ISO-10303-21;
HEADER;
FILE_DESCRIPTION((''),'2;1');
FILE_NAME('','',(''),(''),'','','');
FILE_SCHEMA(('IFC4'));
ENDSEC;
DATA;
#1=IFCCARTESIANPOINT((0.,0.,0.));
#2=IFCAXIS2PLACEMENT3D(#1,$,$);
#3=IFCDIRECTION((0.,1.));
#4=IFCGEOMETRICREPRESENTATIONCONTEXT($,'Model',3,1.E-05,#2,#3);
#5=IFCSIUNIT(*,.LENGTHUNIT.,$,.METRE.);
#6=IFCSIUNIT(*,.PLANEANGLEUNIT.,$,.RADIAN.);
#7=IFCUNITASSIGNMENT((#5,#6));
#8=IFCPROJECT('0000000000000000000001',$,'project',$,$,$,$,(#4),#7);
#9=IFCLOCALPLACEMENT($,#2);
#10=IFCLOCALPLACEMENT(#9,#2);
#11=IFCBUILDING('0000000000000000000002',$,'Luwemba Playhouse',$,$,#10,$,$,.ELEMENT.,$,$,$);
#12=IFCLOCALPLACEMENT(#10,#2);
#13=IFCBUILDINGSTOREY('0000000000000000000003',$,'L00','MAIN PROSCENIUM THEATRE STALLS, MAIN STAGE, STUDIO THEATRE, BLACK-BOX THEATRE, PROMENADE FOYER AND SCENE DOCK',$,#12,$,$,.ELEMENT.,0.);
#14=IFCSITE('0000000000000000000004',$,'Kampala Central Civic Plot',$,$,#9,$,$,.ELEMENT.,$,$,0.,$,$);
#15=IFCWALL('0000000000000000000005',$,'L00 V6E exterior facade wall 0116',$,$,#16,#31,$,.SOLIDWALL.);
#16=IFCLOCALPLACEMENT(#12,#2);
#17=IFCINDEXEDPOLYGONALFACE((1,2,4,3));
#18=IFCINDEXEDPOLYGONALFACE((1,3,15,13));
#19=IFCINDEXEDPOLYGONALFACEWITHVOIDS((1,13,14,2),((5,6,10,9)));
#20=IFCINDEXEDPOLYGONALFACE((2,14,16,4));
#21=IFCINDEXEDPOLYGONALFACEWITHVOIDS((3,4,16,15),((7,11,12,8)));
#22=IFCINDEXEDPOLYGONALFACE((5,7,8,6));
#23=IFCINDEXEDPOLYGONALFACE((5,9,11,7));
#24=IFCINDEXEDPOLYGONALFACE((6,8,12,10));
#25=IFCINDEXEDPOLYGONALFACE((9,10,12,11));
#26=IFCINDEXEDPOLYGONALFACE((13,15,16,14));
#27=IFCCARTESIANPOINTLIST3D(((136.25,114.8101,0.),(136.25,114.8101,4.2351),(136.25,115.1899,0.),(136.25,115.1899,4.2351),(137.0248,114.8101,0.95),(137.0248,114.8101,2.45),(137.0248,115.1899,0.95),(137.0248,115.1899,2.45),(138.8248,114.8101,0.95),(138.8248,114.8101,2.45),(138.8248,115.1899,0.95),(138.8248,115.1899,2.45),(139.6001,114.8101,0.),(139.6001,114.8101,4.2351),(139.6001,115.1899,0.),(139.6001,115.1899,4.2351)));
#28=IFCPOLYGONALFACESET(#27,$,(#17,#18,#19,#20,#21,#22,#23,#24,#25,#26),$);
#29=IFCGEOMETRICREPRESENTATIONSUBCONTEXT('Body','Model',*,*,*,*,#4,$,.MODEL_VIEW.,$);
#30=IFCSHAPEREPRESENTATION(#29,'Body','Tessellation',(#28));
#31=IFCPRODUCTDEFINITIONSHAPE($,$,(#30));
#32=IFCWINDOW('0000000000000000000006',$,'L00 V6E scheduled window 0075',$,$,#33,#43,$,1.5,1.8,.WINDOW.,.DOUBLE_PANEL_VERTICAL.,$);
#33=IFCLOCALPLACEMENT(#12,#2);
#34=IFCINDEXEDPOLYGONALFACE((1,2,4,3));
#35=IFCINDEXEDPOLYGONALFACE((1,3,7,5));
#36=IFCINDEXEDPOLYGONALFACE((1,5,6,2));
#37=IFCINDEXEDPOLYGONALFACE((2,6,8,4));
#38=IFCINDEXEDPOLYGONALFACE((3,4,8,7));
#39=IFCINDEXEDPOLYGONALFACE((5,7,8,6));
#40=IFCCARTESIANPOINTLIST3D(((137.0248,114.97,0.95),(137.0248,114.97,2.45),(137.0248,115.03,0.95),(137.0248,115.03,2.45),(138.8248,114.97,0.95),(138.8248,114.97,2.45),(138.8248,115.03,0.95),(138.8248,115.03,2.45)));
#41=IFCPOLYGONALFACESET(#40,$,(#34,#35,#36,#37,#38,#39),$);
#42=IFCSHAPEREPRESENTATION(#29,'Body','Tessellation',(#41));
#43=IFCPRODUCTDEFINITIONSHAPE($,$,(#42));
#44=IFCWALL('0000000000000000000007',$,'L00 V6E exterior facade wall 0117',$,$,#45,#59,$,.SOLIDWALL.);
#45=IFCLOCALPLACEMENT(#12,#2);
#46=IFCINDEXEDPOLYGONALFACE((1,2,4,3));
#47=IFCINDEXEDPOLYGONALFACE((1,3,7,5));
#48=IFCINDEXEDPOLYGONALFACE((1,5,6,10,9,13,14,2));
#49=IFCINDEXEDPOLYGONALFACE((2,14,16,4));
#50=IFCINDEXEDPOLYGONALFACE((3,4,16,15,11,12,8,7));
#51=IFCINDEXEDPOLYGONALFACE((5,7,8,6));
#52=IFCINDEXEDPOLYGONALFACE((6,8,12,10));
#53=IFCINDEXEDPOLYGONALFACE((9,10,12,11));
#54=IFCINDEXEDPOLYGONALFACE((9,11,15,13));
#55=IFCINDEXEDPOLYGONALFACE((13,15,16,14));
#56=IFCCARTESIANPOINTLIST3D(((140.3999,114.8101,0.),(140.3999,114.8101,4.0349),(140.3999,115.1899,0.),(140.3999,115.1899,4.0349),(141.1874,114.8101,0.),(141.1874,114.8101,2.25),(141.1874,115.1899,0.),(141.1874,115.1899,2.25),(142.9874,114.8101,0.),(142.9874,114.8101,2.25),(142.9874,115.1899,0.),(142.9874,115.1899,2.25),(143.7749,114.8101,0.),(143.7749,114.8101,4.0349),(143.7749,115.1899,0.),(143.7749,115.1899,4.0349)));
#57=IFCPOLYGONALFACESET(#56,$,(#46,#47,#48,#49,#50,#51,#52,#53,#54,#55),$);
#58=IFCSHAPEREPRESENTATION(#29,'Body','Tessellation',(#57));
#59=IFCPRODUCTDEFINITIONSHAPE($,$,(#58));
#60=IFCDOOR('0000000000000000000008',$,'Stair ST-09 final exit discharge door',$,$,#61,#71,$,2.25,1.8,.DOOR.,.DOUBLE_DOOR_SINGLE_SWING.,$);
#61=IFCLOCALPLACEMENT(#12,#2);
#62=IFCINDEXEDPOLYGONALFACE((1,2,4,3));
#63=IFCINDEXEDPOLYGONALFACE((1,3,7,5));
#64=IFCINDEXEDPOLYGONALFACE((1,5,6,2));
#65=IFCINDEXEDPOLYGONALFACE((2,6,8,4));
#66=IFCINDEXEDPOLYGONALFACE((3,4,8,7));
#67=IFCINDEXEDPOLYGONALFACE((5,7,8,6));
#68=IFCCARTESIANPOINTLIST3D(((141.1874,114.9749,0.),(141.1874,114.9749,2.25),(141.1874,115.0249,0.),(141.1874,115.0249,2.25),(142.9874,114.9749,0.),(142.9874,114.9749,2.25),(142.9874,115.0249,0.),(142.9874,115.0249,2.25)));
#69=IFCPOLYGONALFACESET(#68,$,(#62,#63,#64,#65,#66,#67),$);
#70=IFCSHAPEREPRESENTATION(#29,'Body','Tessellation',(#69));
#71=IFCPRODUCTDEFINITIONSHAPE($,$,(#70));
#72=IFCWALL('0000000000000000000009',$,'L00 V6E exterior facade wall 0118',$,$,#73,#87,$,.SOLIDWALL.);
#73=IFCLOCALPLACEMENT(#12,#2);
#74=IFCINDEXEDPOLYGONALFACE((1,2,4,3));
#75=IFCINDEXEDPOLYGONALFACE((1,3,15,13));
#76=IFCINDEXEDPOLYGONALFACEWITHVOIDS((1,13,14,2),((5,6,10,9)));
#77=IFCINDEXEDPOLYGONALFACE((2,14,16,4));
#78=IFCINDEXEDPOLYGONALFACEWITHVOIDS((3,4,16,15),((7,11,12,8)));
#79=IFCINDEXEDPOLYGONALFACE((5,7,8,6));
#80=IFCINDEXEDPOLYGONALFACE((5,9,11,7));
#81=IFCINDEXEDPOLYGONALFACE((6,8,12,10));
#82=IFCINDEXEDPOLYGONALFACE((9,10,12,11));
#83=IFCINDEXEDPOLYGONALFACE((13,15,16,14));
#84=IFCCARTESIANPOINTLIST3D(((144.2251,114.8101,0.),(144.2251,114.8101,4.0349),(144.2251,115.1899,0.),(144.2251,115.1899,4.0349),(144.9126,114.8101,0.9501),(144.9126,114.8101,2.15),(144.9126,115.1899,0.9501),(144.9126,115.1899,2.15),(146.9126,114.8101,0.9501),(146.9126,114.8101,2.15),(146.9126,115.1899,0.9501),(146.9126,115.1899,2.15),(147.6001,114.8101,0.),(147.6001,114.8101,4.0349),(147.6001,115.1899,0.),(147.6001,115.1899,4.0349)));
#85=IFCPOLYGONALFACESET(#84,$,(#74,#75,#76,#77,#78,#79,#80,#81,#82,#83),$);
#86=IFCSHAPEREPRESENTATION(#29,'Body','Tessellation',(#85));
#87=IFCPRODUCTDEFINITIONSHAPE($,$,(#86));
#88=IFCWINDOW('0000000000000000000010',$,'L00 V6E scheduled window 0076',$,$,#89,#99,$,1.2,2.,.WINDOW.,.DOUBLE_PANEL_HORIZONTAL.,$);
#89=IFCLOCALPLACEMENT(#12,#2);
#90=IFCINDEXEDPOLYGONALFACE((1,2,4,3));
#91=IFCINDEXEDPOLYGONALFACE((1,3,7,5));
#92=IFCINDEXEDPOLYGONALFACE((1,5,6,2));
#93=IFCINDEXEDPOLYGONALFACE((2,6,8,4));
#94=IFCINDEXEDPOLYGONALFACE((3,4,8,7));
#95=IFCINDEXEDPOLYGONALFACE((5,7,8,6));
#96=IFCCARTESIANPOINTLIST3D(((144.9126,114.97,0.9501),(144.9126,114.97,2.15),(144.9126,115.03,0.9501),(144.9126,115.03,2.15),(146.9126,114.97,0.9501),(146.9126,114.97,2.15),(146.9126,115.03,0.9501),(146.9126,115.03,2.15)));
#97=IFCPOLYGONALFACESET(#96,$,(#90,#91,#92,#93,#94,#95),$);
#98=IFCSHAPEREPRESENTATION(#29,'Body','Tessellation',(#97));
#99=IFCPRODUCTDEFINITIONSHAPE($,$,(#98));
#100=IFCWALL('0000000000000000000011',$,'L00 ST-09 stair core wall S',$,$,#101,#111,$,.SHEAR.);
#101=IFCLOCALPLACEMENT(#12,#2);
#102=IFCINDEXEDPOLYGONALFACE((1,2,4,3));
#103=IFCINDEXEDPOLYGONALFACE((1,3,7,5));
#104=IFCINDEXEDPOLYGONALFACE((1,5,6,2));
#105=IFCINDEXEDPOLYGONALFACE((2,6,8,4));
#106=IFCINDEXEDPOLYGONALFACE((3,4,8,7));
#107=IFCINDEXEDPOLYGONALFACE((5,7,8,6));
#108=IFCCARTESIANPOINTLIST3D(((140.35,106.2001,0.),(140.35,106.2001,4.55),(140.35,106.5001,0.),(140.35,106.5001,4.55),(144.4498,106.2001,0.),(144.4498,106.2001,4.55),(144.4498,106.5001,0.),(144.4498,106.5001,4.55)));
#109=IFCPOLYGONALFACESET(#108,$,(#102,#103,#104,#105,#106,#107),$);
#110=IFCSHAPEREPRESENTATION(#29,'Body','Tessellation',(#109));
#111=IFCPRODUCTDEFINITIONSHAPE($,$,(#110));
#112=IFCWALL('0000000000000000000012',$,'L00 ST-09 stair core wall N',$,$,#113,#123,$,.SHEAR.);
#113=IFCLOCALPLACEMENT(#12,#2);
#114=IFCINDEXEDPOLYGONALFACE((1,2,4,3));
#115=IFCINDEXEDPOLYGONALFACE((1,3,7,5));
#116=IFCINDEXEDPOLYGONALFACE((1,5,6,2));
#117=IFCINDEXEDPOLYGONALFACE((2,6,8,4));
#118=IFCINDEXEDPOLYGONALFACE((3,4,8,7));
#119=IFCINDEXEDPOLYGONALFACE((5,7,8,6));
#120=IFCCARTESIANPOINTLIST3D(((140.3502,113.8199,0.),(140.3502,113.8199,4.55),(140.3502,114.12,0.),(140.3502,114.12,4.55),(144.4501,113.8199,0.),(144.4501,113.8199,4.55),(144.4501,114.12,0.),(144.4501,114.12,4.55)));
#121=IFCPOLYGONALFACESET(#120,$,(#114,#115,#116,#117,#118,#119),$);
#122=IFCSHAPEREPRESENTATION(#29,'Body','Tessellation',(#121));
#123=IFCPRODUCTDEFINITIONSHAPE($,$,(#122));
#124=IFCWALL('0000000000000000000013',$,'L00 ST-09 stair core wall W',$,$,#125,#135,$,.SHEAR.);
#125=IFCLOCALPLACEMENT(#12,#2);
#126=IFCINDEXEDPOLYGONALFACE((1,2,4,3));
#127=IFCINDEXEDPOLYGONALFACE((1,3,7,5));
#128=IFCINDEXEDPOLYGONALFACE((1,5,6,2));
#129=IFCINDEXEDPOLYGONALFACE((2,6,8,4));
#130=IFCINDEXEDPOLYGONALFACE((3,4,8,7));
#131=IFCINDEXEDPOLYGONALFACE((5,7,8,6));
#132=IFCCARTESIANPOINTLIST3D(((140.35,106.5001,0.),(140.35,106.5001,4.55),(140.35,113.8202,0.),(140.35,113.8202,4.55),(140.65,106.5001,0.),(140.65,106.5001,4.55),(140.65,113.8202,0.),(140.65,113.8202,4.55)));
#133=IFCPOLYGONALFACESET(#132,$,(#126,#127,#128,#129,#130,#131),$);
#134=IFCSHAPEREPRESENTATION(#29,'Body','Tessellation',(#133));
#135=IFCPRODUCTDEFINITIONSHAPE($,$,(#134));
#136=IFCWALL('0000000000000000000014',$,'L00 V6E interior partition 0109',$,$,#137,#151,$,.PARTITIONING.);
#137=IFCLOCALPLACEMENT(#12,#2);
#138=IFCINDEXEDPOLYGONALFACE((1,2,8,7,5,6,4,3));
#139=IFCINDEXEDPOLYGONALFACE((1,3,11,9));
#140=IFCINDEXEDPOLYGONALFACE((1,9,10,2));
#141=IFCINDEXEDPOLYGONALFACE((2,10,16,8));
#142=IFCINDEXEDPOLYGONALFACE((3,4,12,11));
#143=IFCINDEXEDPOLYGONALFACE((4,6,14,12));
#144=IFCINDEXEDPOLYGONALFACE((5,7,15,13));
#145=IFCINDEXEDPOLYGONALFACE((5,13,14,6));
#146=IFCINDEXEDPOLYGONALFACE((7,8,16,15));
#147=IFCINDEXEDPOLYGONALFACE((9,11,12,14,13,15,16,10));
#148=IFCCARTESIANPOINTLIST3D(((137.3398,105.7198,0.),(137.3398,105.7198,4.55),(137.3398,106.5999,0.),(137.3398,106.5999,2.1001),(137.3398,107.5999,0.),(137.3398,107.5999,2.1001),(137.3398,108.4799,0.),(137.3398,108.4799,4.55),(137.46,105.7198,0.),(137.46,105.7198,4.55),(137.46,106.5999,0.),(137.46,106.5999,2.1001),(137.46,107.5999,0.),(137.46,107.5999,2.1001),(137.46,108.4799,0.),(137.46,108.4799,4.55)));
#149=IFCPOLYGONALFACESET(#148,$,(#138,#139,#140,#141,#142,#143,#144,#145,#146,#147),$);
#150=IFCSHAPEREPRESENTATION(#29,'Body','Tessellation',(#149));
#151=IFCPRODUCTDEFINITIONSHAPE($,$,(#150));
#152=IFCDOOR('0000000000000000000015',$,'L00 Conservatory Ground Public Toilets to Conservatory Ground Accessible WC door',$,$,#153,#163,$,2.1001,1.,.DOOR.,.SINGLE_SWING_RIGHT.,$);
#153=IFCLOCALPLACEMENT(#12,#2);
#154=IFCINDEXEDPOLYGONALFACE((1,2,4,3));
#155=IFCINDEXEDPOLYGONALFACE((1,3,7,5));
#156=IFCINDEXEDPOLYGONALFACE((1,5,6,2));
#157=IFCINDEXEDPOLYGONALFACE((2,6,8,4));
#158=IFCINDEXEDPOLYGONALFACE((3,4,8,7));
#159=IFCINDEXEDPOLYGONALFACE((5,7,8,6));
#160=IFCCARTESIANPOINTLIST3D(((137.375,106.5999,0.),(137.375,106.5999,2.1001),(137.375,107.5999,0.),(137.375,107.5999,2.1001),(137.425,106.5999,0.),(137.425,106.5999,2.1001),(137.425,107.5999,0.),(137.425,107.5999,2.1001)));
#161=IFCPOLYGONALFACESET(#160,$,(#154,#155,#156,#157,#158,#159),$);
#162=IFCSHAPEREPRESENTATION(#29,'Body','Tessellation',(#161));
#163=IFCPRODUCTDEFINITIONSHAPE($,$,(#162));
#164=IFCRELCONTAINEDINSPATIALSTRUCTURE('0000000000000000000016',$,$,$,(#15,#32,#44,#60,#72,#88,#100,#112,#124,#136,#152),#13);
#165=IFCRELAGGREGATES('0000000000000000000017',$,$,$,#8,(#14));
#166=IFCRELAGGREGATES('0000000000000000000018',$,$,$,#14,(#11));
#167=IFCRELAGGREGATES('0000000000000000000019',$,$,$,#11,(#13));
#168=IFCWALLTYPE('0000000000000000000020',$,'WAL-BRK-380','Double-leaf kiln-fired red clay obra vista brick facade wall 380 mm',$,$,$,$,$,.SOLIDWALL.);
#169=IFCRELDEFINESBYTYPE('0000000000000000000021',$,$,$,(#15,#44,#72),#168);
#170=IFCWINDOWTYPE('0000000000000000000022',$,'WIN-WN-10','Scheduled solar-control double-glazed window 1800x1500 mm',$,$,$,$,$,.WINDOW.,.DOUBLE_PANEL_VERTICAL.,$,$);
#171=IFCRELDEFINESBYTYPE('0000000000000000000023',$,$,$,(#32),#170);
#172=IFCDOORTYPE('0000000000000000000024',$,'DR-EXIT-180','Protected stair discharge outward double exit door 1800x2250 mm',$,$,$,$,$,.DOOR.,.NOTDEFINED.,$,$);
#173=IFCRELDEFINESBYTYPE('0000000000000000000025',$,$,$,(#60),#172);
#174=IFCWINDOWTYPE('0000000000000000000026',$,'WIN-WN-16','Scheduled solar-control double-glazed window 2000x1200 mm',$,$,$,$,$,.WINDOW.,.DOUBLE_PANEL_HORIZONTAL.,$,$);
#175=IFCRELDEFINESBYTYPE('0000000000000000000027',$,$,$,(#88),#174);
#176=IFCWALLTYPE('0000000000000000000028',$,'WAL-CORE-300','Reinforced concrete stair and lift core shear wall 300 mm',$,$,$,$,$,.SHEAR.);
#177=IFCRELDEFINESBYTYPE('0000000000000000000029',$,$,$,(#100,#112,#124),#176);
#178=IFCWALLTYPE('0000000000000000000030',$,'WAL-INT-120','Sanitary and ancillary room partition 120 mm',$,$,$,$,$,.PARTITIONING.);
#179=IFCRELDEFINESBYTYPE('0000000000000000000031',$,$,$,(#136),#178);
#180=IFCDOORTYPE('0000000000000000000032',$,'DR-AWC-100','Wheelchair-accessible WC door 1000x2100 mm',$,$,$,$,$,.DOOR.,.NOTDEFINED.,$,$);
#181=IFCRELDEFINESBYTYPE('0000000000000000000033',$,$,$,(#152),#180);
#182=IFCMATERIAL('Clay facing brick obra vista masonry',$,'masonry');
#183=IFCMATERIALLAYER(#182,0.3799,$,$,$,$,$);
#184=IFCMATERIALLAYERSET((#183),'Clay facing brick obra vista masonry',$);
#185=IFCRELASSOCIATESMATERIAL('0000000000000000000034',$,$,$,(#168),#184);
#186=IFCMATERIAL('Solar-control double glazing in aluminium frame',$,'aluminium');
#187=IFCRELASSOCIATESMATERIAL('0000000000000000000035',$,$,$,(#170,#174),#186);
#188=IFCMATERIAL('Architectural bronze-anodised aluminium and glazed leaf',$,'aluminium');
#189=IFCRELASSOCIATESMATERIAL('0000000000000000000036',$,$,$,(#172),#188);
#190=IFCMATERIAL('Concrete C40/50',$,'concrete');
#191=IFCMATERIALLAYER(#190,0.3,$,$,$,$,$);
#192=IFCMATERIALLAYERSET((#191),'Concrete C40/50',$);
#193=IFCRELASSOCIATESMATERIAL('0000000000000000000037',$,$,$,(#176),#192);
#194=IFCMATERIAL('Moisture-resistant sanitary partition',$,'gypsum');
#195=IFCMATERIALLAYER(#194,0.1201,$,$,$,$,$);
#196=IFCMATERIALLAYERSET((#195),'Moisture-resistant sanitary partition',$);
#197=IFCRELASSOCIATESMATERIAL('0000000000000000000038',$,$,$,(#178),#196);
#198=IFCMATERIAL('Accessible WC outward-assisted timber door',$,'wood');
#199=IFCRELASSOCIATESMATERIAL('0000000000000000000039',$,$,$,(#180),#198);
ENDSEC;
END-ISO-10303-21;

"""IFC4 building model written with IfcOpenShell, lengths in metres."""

from ifc_helpers import new_model, si_unit, direction, frame, frame_2d, origin, place, context, subcontext, project, spatial, rectangle, extrude, material, layer, layer_set, type_object, element, fill, save


model = new_model("IFC4")

# Units and contexts
model_context = context("Model", 3, precision=1e-05, world=origin(), true_north=direction((0.0, 1.0)))
body_context = subcontext(model_context, "Body", "Model", "MODEL_VIEW")
ifc_project = project(units=[si_unit("LENGTHUNIT", "METRE"), si_unit("PLANEANGLEUNIT", "RADIAN")], contexts=[model_context])

# Site, building, storey
site_placement = place(None, origin())
site = spatial("IfcSite", under=ifc_project, at=site_placement, Name="Kampala Central Civic Plot", CompositionType="ELEMENT", RefElevation=0.0)
building_placement = place(site_placement, origin())
building = spatial("IfcBuilding", under=site, at=building_placement, Name="Luwemba Playhouse", CompositionType="ELEMENT")
storey_placement = place(building_placement, origin())
storey = spatial("IfcBuildingStorey", under=building, at=storey_placement, Name="L00", Description="MAIN PROSCENIUM THEATRE STALLS, MAIN STAGE, STUDIO THEATRE, BLACK-BOX THEATRE, PROMENADE FOYER AND SCENE DOCK", CompositionType="ELEMENT", Elevation=0.0)

# Shared definitions
ifc_material_1 = material(Name="Concrete C40/50", Category="concrete")

# Wall, opening, window
ifc_material_2 = material(Name="Clay facing brick obra vista masonry", Category="masonry")
ifc_layer_1 = layer(ifc_material_2, 0.3799)
ifc_layer_set_1 = layer_set([ifc_layer_1], Name="Clay facing brick obra vista masonry")
wall_type_1 = type_object("IfcWallType", Name="WAL-BRK-380", Description="Double-leaf kiln-fired red clay obra vista brick facade wall 380 mm", PredefinedType="SOLIDWALL", material=ifc_layer_set_1)
wall_1_placement = place(storey_placement, frame((136.25, 115.0, 0.0), z_axis=(0.0, 0.0, 1.0), x_axis=(1.0, 0.0, 0.0)))
wall_1 = element("IfcWall", 1, at=wall_1_placement, inside=storey, type_object=wall_type_1, Name="L00 V6E exterior facade wall 0116", PredefinedType="SOLIDWALL", context=body_context, shape_type="SweptSolid", body=[
    extrude(rectangle(XDim=3.3501, YDim=0.3799, at=frame_2d((1.675, 0.0))), origin(), (0.0, 0.0, 1.0), 4.2351),
])
opening_1_placement = place(wall_1_placement, frame((0.7749, 0.0, 0.95)))
opening_1 = element("IfcOpeningElement", 2, at=opening_1_placement, cuts=wall_1, PredefinedType="OPENING", context=body_context, shape_type="SweptSolid", body=[
    extrude(rectangle(XDim=1.8, YDim=1.5, at=frame_2d((0.8999, 0.75))), frame((0.0, 0.2, 0.0), z_axis=(0.0, -1.0, 0.0), x_axis=(1.0, 0.0, 0.0)), (0.0, 0.0, 1.0), 0.3999),
])
ifc_material_3 = material(Name="Solar-control double glazing in aluminium frame", Category="aluminium")
window_type_1 = type_object("IfcWindowType", Name="WIN-WN-10", Description="Scheduled solar-control double-glazed window 1800x1500 mm", PartitioningType="DOUBLE_PANEL_VERTICAL", PredefinedType="WINDOW", material=ifc_material_3)
window_1_placement = place(opening_1_placement, origin())
window_1 = element("IfcWindow", 3, at=window_1_placement, inside=storey, type_object=window_type_1, Name="L00 V6E scheduled window 0075", OverallHeight=1.5, OverallWidth=1.8, PartitioningType="DOUBLE_PANEL_VERTICAL", PredefinedType="WINDOW", context=body_context, shape_type="SweptSolid", body=[
    extrude(rectangle(XDim=1.8, YDim=1.5, at=frame_2d((0.8999, 0.75))), frame((0.0, 0.03, 0.0), z_axis=(0.0, -1.0, 0.0), x_axis=(1.0, 0.0, 0.0)), (0.0, 0.0, 1.0), 0.0601),
])
fill(opening_1, window_1)

# Wall, opening, door
wall_2_placement = place(storey_placement, frame((140.3999, 115.0, 0.0), z_axis=(0.0, 0.0, 1.0), x_axis=(1.0, 0.0, 0.0)))
wall_2 = element("IfcWall", 4, at=wall_2_placement, inside=storey, type_object=wall_type_1, Name="L00 V6E exterior facade wall 0117", PredefinedType="SOLIDWALL", context=body_context, shape_type="SweptSolid", body=[
    extrude(rectangle(XDim=3.375, YDim=0.3799, at=frame_2d((1.6875, 0.0))), origin(), (0.0, 0.0, 1.0), 4.0349),
])
opening_2_placement = place(wall_2_placement, frame((0.7876, 0.0, 0.0)))
opening_2 = element("IfcOpeningElement", 5, at=opening_2_placement, cuts=wall_2, PredefinedType="OPENING", context=body_context, shape_type="SweptSolid", body=[
    extrude(rectangle(XDim=1.8, YDim=2.25, at=frame_2d((0.8999, 1.125))), frame((0.0, 0.2, 0.0), z_axis=(0.0, -1.0, 0.0), x_axis=(1.0, 0.0, 0.0)), (0.0, 0.0, 1.0), 0.3999),
])
ifc_material_4 = material(Name="Architectural bronze-anodised aluminium and glazed leaf", Category="aluminium")
door_type_1 = type_object("IfcDoorType", Name="DR-EXIT-180", Description="Protected stair discharge outward double exit door 1800x2250 mm", OperationType="NOTDEFINED", PredefinedType="DOOR", material=ifc_material_4)
door_1_placement = place(opening_2_placement, origin())
door_1 = element("IfcDoor", 6, at=door_1_placement, inside=storey, type_object=door_type_1, Name="Stair ST-09 final exit discharge door", OperationType="DOUBLE_DOOR_SINGLE_SWING", OverallHeight=2.25, OverallWidth=1.8, PredefinedType="DOOR", context=body_context, shape_type="SweptSolid", body=[
    extrude(rectangle(XDim=1.8, YDim=2.25, at=frame_2d((0.8999, 1.125))), frame((0.0, 0.0249, 0.0), z_axis=(0.0, -1.0, 0.0), x_axis=(1.0, 0.0, 0.0)), (0.0, 0.0, 1.0), 0.05),
])
fill(opening_2, door_1)

# Wall, opening, window
wall_3_placement = place(storey_placement, frame((144.2251, 115.0, 0.0), z_axis=(0.0, 0.0, 1.0), x_axis=(1.0, 0.0, 0.0)))
wall_3 = element("IfcWall", 7, at=wall_3_placement, inside=storey, type_object=wall_type_1, Name="L00 V6E exterior facade wall 0118", PredefinedType="SOLIDWALL", context=body_context, shape_type="SweptSolid", body=[
    extrude(rectangle(XDim=3.375, YDim=0.3799, at=frame_2d((1.6875, 0.0))), origin(), (0.0, 0.0, 1.0), 4.0349),
])
opening_3_placement = place(wall_3_placement, frame((0.6875, 0.0, 0.95)))
opening_3 = element("IfcOpeningElement", 8, at=opening_3_placement, cuts=wall_3, PredefinedType="OPENING", context=body_context, shape_type="SweptSolid", body=[
    extrude(rectangle(XDim=2.0, YDim=1.2, at=frame_2d((1.0, 0.6001))), frame((0.0, 0.2, 0.0), z_axis=(0.0, -1.0, 0.0), x_axis=(1.0, 0.0, 0.0)), (0.0, 0.0, 1.0), 0.3999),
])
window_type_2 = type_object("IfcWindowType", Name="WIN-WN-16", Description="Scheduled solar-control double-glazed window 2000x1200 mm", PartitioningType="DOUBLE_PANEL_HORIZONTAL", PredefinedType="WINDOW", material=ifc_material_3)
window_2_placement = place(opening_3_placement, origin())
window_2 = element("IfcWindow", 9, at=window_2_placement, inside=storey, type_object=window_type_2, Name="L00 V6E scheduled window 0076", OverallHeight=1.2, OverallWidth=2.0, PartitioningType="DOUBLE_PANEL_HORIZONTAL", PredefinedType="WINDOW", context=body_context, shape_type="SweptSolid", body=[
    extrude(rectangle(XDim=2.0, YDim=1.2, at=frame_2d((1.0, 0.6001))), frame((0.0, 0.03, 0.0), z_axis=(0.0, -1.0, 0.0), x_axis=(1.0, 0.0, 0.0)), (0.0, 0.0, 1.0), 0.0601),
])
fill(opening_3, window_2)

# Walls
ifc_layer_2 = layer(ifc_material_1, 0.3)
ifc_layer_set_2 = layer_set([ifc_layer_2], Name="Concrete C40/50")
wall_type_2 = type_object("IfcWallType", Name="WAL-CORE-300", Description="Reinforced concrete stair and lift core shear wall 300 mm", PredefinedType="SHEAR", material=ifc_layer_set_2)
for number, where, z_axis, x_axis, name in (
    (10, (140.3501, 106.3501, 0.0), (0.0, 0.0, 1.0), (1.0, 0.0, 0.0), "L00 ST-09 stair core wall S"),
    (11, (144.45, 113.97, 0.0), (0.0, 0.0, 1.0), (-1.0, 0.0, 0.0), "L00 ST-09 stair core wall N"),
):
    element("IfcWall", number, at=place(storey_placement, frame(where, z_axis=z_axis, x_axis=x_axis)), inside=storey, type_object=wall_type_2, Name=name, PredefinedType="SHEAR", context=body_context, shape_type="SweptSolid", body=[
        extrude(rectangle(XDim=4.0999, YDim=0.3, at=frame_2d((2.0498, 0.0))), origin(), (0.0, 0.0, 1.0), 4.55),
    ])
wall_4_placement = place(storey_placement, frame((140.5, 106.5, 0.0), z_axis=(0.0, 0.0, 1.0), x_axis=(0.0, 1.0, 0.0)))
element("IfcWall", 12, at=wall_4_placement, inside=storey, type_object=wall_type_2, Name="L00 ST-09 stair core wall W", PredefinedType="SHEAR", context=body_context, shape_type="SweptSolid", body=[
    extrude(rectangle(XDim=7.3201, YDim=0.3, at=frame_2d((3.6602, 0.0))), origin(), (0.0, 0.0, 1.0), 4.55),
])

# Wall, opening, door
ifc_material_5 = material(Name="Moisture-resistant sanitary partition", Category="gypsum")
ifc_layer_3 = layer(ifc_material_5, 0.1201)
ifc_layer_set_3 = layer_set([ifc_layer_3], Name="Moisture-resistant sanitary partition")
wall_type_3 = type_object("IfcWallType", Name="WAL-INT-120", Description="Sanitary and ancillary room partition 120 mm", PredefinedType="PARTITIONING", material=ifc_layer_set_3)
wall_5_placement = place(storey_placement, frame((137.3999, 105.72, 0.0), z_axis=(0.0, 0.0, 1.0), x_axis=(0.0, 1.0, 0.0)))
wall_5 = element("IfcWall", 13, at=wall_5_placement, inside=storey, type_object=wall_type_3, Name="L00 V6E interior partition 0109", PredefinedType="PARTITIONING", context=body_context, shape_type="SweptSolid", body=[
    extrude(rectangle(XDim=2.76, YDim=0.1201, at=frame_2d((1.3799, 0.0))), origin(), (0.0, 0.0, 1.0), 4.55),
])
opening_4_placement = place(wall_5_placement, frame((0.8799, 0.0, 0.0)))
opening_4 = element("IfcOpeningElement", 14, at=opening_4_placement, cuts=wall_5, PredefinedType="OPENING", context=body_context, shape_type="SweptSolid", body=[
    extrude(rectangle(XDim=1.0, YDim=2.1001, at=frame_2d((0.5, 1.05))), frame((0.0, 0.0701, 0.0), z_axis=(0.0, -1.0, 0.0), x_axis=(1.0, 0.0, 0.0)), (0.0, 0.0, 1.0), 0.1401),
])
ifc_material_6 = material(Name="Accessible WC outward-assisted timber door", Category="wood")
door_type_2 = type_object("IfcDoorType", Name="DR-AWC-100", Description="Wheelchair-accessible WC door 1000x2100 mm", OperationType="NOTDEFINED", PredefinedType="DOOR", material=ifc_material_6)
door_2_placement = place(opening_4_placement, origin())
door_2 = element("IfcDoor", 15, at=door_2_placement, inside=storey, type_object=door_type_2, Name="L00 Conservatory Ground Public Toilets to Conservatory Ground Accessible WC door", OperationType="SINGLE_SWING_RIGHT", OverallHeight=2.1001, OverallWidth=1.0, PredefinedType="DOOR", context=body_context, shape_type="SweptSolid", body=[
    extrude(rectangle(XDim=1.0, YDim=2.1001, at=frame_2d((0.5, 1.05))), frame((0.0, 0.0249, 0.0), z_axis=(0.0, -1.0, 0.0), x_axis=(1.0, 0.0, 0.0)), (0.0, 0.0, 1.0), 0.05),
])
fill(opening_4, door_2)

save(model, "model.ifc")
